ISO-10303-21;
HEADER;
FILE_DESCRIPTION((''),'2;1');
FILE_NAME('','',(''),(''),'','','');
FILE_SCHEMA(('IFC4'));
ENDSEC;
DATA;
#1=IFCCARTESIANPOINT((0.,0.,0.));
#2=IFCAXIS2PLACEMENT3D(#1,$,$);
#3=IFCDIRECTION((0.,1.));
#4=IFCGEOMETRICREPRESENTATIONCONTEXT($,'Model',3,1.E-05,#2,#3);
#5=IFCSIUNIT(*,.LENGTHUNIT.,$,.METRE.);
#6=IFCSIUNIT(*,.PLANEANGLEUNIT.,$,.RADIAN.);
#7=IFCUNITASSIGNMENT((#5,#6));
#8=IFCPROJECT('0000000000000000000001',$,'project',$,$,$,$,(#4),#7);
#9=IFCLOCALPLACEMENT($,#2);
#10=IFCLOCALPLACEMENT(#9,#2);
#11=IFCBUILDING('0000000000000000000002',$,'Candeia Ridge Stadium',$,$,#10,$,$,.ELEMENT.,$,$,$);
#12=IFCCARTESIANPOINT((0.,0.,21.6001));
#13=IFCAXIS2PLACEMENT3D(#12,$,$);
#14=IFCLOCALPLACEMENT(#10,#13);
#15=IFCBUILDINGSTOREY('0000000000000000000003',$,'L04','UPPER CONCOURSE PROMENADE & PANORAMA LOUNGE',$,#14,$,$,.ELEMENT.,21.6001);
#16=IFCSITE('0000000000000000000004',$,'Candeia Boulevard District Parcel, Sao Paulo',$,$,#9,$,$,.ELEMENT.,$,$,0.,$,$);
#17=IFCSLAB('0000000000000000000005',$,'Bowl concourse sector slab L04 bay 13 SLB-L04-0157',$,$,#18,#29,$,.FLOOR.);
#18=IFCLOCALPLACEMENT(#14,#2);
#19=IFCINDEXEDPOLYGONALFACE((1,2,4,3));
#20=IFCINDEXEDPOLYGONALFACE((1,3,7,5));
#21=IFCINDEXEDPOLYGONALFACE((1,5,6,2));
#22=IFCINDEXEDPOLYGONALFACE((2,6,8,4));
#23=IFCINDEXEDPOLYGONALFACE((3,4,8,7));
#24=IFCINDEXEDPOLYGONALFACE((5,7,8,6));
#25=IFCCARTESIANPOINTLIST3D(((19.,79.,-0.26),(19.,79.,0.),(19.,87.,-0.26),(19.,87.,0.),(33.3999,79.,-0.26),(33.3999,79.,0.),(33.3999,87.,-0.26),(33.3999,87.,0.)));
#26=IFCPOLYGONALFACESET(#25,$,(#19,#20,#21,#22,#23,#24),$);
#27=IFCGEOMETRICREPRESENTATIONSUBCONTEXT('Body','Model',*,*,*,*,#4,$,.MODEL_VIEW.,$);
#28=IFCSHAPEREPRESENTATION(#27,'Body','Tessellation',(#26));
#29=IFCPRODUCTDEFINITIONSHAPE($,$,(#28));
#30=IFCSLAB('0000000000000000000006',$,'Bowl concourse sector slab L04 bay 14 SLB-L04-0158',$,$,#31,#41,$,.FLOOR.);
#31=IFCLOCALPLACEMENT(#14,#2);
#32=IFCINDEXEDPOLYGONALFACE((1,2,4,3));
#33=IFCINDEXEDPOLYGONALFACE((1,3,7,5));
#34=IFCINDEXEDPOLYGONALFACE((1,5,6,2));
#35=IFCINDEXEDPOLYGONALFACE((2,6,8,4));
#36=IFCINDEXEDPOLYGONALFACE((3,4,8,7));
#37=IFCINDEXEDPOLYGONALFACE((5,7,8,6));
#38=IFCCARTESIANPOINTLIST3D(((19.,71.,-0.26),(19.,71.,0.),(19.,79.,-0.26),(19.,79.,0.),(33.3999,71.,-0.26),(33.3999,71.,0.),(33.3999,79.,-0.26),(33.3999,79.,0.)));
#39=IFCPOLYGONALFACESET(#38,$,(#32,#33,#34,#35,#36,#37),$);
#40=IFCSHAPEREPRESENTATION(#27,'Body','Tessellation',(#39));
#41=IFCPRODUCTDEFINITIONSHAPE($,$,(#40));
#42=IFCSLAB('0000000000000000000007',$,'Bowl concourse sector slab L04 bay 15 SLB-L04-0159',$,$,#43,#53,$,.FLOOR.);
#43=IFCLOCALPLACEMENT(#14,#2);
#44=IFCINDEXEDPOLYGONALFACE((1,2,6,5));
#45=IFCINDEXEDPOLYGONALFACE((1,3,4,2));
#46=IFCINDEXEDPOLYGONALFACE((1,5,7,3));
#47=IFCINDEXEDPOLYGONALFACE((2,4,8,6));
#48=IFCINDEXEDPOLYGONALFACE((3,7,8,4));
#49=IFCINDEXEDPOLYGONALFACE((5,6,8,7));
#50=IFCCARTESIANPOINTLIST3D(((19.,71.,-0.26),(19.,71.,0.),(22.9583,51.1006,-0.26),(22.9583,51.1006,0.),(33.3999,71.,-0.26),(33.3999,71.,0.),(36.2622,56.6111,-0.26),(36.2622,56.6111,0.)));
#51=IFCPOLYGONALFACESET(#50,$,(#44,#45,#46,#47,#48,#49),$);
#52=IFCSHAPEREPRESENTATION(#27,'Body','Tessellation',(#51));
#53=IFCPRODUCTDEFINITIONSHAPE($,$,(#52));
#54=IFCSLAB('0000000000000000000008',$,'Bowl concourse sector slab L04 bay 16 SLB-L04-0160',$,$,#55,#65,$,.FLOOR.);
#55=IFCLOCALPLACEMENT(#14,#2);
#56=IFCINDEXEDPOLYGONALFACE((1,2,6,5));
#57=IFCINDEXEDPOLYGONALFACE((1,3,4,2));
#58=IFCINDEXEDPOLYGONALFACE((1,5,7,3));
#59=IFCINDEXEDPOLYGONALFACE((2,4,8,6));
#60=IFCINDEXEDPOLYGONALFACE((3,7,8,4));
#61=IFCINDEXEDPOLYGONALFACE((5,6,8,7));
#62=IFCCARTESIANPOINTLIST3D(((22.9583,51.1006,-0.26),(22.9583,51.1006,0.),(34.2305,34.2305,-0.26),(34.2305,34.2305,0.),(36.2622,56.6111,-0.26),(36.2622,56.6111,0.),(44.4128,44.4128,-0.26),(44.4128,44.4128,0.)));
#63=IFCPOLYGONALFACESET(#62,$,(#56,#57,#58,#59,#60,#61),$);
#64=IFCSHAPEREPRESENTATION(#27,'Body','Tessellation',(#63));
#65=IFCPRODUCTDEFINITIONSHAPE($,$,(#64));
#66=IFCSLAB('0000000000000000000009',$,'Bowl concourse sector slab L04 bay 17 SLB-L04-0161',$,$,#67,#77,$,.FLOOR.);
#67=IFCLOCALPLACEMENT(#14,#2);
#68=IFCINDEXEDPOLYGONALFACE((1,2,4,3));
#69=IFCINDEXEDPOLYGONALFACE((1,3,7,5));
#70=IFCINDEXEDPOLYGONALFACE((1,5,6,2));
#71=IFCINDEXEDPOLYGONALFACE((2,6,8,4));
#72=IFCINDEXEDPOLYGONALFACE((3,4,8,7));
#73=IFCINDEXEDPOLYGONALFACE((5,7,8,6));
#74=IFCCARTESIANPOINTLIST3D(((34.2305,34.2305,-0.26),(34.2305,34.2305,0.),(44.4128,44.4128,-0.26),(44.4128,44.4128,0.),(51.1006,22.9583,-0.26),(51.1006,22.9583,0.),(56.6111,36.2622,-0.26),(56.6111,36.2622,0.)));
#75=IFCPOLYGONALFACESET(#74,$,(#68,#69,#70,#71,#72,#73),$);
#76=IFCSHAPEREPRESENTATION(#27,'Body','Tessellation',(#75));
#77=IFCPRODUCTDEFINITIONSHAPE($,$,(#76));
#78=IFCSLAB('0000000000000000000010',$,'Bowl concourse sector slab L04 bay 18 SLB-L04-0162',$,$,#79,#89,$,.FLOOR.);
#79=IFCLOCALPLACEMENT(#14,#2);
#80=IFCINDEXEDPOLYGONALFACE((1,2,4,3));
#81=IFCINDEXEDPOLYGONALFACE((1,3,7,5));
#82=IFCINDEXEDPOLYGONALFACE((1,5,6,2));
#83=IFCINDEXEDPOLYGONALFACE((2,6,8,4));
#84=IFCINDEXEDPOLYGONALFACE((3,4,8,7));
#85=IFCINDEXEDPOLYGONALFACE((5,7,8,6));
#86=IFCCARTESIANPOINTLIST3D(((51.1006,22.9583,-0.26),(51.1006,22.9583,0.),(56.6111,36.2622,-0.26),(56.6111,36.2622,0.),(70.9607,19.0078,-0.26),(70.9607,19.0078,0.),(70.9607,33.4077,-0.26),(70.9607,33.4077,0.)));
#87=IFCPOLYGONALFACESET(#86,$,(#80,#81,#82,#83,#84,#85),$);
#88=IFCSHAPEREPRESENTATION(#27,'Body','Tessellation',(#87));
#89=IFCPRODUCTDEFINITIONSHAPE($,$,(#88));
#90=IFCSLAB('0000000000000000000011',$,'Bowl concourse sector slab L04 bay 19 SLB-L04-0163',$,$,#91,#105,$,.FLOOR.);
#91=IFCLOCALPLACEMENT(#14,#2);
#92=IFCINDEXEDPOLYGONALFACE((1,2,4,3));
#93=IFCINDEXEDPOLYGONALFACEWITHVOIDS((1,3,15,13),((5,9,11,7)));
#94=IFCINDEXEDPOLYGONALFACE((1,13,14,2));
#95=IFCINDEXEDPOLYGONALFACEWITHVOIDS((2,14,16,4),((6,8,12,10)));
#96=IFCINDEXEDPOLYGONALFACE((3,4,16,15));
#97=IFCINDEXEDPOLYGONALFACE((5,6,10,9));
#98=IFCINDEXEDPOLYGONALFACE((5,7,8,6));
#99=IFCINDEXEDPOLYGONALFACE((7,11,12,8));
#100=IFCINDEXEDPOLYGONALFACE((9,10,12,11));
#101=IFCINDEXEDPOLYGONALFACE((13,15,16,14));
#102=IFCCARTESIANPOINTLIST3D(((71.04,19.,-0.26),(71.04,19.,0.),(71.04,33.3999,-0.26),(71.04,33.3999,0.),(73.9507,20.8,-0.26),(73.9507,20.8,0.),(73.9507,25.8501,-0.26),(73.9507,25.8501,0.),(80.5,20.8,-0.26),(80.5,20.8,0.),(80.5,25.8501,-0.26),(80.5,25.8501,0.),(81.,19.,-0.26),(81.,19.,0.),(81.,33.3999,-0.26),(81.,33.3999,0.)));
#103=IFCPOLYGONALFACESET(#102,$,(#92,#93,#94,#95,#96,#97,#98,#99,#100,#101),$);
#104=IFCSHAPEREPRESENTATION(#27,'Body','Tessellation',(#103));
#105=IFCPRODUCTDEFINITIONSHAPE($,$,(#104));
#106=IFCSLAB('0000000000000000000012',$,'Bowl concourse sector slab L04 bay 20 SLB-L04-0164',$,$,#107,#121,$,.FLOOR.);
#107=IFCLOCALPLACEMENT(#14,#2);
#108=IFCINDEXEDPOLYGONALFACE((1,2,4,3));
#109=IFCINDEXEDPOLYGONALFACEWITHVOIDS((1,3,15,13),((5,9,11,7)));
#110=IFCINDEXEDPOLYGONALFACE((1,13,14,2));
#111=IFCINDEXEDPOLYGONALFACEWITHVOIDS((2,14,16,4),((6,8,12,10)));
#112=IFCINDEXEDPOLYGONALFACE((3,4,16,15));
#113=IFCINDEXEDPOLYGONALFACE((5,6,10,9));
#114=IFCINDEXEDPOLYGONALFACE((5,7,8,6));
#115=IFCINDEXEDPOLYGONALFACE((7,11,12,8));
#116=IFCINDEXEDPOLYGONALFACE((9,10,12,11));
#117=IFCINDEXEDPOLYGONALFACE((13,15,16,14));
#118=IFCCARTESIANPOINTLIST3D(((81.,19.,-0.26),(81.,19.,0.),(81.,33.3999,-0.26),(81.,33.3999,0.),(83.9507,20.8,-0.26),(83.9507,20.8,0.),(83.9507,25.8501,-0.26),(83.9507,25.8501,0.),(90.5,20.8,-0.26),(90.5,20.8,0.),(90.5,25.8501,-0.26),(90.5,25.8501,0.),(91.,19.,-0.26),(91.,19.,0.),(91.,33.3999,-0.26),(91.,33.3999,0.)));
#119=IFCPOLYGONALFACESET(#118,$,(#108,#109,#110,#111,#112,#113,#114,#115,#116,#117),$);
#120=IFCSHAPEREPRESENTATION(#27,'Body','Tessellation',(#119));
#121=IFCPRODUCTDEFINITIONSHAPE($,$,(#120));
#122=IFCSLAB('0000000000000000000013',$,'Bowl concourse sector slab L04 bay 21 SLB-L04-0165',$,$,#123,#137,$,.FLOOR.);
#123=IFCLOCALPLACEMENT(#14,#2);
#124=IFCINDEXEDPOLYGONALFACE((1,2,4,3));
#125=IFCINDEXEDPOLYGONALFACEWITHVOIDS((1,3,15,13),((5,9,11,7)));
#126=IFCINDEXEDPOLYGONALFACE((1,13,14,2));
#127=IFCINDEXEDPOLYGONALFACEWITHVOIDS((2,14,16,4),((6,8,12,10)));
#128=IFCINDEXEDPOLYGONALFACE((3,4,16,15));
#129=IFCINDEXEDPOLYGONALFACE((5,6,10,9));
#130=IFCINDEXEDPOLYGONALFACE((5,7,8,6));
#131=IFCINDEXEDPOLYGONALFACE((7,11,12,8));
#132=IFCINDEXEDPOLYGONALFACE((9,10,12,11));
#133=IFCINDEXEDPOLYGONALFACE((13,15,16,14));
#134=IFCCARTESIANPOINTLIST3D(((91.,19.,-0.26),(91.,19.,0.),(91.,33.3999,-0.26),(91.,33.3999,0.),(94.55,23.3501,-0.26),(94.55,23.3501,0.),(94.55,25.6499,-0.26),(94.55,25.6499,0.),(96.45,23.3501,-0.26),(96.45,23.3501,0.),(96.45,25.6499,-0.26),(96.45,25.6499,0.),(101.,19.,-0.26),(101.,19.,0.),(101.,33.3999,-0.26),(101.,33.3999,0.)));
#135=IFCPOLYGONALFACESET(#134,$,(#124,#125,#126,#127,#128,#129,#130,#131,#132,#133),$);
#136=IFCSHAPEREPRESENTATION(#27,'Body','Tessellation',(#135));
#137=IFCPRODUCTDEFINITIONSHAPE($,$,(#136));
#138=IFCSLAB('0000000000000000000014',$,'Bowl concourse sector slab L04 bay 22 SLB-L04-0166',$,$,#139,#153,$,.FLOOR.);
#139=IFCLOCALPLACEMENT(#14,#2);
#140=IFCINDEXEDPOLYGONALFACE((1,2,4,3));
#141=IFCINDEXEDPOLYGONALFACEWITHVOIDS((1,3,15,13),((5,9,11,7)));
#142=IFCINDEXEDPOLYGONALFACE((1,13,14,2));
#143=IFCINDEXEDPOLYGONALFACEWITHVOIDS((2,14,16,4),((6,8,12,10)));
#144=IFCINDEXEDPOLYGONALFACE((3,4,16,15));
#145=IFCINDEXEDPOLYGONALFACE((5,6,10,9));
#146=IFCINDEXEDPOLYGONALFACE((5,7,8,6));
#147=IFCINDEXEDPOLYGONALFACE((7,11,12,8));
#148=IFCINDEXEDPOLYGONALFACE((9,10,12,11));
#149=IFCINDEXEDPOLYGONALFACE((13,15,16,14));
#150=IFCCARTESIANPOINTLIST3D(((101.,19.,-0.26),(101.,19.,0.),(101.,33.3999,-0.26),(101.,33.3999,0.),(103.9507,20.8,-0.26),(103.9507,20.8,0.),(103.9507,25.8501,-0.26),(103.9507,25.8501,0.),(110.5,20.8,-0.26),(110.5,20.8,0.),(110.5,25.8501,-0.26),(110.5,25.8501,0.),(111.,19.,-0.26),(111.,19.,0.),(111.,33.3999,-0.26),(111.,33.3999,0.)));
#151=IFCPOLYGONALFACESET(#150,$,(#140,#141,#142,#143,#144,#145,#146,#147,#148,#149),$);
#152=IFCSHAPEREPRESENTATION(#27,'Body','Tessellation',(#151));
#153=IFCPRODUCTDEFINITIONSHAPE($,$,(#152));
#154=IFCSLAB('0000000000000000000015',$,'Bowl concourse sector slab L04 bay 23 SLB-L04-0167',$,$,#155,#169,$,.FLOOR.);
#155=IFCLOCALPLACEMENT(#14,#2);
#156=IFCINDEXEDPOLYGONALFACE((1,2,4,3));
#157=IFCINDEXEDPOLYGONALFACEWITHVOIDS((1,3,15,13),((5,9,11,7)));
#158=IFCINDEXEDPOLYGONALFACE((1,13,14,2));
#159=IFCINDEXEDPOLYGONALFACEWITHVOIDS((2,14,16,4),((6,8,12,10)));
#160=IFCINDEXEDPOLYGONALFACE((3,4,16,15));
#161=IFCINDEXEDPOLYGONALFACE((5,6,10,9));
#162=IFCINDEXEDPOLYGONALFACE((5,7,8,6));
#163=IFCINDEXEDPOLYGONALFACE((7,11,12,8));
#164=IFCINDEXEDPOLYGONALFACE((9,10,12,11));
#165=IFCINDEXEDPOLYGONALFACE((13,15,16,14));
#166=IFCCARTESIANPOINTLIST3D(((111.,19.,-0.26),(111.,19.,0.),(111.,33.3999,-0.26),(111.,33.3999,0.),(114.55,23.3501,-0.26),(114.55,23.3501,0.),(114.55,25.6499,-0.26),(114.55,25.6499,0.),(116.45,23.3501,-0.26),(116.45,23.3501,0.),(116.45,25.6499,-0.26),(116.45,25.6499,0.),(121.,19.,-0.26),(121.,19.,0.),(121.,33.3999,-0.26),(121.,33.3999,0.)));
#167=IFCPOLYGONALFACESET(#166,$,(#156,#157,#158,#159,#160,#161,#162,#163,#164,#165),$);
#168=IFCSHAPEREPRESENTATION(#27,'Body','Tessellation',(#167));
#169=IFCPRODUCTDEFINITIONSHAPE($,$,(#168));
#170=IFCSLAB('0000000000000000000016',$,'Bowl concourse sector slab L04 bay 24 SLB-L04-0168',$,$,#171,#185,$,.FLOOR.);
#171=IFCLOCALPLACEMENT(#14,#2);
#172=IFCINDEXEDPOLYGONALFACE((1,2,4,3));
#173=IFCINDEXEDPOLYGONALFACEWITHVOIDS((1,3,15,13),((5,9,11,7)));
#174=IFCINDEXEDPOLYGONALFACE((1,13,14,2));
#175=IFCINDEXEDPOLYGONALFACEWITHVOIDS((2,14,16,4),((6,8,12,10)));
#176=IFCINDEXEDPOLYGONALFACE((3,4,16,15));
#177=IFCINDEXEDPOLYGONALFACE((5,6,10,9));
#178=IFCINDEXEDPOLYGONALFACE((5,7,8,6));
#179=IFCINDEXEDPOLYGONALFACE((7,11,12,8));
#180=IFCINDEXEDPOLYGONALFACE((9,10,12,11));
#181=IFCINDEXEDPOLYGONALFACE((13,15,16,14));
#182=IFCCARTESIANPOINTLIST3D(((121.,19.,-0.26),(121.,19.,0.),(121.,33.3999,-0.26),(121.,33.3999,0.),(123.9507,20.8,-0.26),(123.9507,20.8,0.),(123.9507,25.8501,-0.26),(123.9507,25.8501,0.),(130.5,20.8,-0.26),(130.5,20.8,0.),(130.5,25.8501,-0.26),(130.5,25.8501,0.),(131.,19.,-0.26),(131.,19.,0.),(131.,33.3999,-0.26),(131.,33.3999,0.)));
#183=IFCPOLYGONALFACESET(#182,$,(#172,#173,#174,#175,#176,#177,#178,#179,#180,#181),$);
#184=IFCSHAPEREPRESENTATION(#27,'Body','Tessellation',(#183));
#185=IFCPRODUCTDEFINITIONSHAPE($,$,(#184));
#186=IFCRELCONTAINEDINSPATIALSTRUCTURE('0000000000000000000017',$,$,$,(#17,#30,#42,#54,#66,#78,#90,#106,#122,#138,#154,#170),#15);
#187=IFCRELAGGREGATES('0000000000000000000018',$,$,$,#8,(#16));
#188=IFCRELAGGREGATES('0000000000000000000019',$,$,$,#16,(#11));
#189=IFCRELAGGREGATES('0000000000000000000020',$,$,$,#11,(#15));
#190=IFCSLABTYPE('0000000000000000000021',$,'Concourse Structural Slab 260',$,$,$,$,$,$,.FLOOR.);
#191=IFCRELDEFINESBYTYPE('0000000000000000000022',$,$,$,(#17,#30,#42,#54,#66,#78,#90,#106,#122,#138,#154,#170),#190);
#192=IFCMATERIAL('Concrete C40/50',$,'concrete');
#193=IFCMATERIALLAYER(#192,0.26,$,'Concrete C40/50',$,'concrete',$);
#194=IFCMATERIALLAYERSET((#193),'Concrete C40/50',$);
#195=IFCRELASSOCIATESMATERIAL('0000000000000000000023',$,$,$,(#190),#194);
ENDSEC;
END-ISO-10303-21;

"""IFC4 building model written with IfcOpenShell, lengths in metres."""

from ifc_helpers import new_model, si_unit, direction, frame, origin, place, context, subcontext, project, spatial, polyline, outline, extrude, material, layer, layer_set, type_object, element, save


model = new_model("IFC4")

# Units and contexts
model_context = context("Model", 3, precision=1e-05, world=origin(), true_north=direction((0.0, 1.0)))
body_context = subcontext(model_context, "Body", "Model", "MODEL_VIEW")
ifc_project = project(units=[si_unit("LENGTHUNIT", "METRE"), si_unit("PLANEANGLEUNIT", "RADIAN")], contexts=[model_context])

# Site, building, storey
site_placement = place(None, origin())
site = spatial("IfcSite", under=ifc_project, at=site_placement, Name="Candeia Boulevard District Parcel, Sao Paulo", CompositionType="ELEMENT", RefElevation=0.0)
building_placement = place(site_placement, origin())
building = spatial("IfcBuilding", under=site, at=building_placement, Name="Candeia Ridge Stadium", CompositionType="ELEMENT")
storey_placement = place(building_placement, frame((0.0, 0.0, 21.6001)))
storey = spatial("IfcBuildingStorey", under=building, at=storey_placement, Name="L04", Description="UPPER CONCOURSE PROMENADE & PANORAMA LOUNGE", CompositionType="ELEMENT", Elevation=21.6001)

# Slabs
ifc_material = material(Name="Concrete C40/50", Category="concrete")
ifc_layer = layer(ifc_material, 0.26, Name="Concrete C40/50", Category="concrete")
ifc_layer_set = layer_set([ifc_layer], Name="Concrete C40/50")
slab_type = type_object("IfcSlabType", Name="Concourse Structural Slab 260", PredefinedType="FLOOR", material=ifc_layer_set)
slab_1_placement = place(storey_placement, frame((0.0, 0.0, -0.26)))
element("IfcSlab", 1, at=slab_1_placement, inside=storey, type_object=slab_type, Name="Bowl concourse sector slab L04 bay 13 SLB-L04-0157", PredefinedType="FLOOR", context=body_context, shape_type="SweptSolid", body=[
    extrude(outline(polyline([(33.3999, 79.0), (19.0, 79.0), (19.0, 87.0), (33.3999, 87.0), (33.3999, 79.0)])), origin(), (0.0, 0.0, 1.0), 0.26),
])
slab_2_placement = place(storey_placement, frame((0.0, 0.0, -0.26)))
element("IfcSlab", 2, at=slab_2_placement, inside=storey, type_object=slab_type, Name="Bowl concourse sector slab L04 bay 14 SLB-L04-0158", PredefinedType="FLOOR", context=body_context, shape_type="SweptSolid", body=[
    extrude(outline(polyline([(33.3999, 71.0), (19.0, 71.0), (19.0, 79.0), (33.3999, 79.0), (33.3999, 71.0)])), origin(), (0.0, 0.0, 1.0), 0.26),
])
slab_3_placement = place(storey_placement, frame((0.0, 0.0, -0.26)))
element("IfcSlab", 3, at=slab_3_placement, inside=storey, type_object=slab_type, Name="Bowl concourse sector slab L04 bay 15 SLB-L04-0159", PredefinedType="FLOOR", context=body_context, shape_type="SweptSolid", body=[
    extrude(outline(polyline([(36.2622, 56.6111), (22.9583, 51.1006), (19.0, 71.0), (33.3999, 71.0), (36.2622, 56.6111)])), origin(), (0.0, 0.0, 1.0), 0.26),
])
slab_4_placement = place(storey_placement, frame((0.0, 0.0, -0.26)))
element("IfcSlab", 4, at=slab_4_placement, inside=storey, type_object=slab_type, Name="Bowl concourse sector slab L04 bay 16 SLB-L04-0160", PredefinedType="FLOOR", context=body_context, shape_type="SweptSolid", body=[
    extrude(outline(polyline([(44.4128, 44.4128), (34.2305, 34.2305), (22.9583, 51.1006), (36.2622, 56.6111), (44.4128, 44.4128)])), origin(), (0.0, 0.0, 1.0), 0.26),
])
slab_5_placement = place(storey_placement, frame((0.0, 0.0, -0.26)))
element("IfcSlab", 5, at=slab_5_placement, inside=storey, type_object=slab_type, Name="Bowl concourse sector slab L04 bay 17 SLB-L04-0161", PredefinedType="FLOOR", context=body_context, shape_type="SweptSolid", body=[
    extrude(outline(polyline([(56.6111, 36.2622), (51.1006, 22.9583), (34.2305, 34.2305), (44.4128, 44.4128), (56.6111, 36.2622)])), origin(), (0.0, 0.0, 1.0), 0.26),
])
slab_6_placement = place(storey_placement, frame((0.0, 0.0, -0.26)))
element("IfcSlab", 6, at=slab_6_placement, inside=storey, type_object=slab_type, Name="Bowl concourse sector slab L04 bay 18 SLB-L04-0162", PredefinedType="FLOOR", context=body_context, shape_type="SweptSolid", body=[
    extrude(outline(polyline([(70.9607, 33.4077), (70.9607, 19.0078), (51.1006, 22.9583), (56.6111, 36.2622), (70.9607, 33.4077)])), origin(), (0.0, 0.0, 1.0), 0.26),
])
slab_7_placement = place(storey_placement, frame((0.0, 0.0, -0.26)))
element("IfcSlab", 7, at=slab_7_placement, inside=storey, type_object=slab_type, Name="Bowl concourse sector slab L04 bay 19 SLB-L04-0163", PredefinedType="FLOOR", context=body_context, shape_type="SweptSolid", body=[
    extrude(outline(polyline([(81.0, 33.3999), (81.0, 19.0), (71.04, 19.0), (71.04, 33.3999), (81.0, 33.3999)]), holes=[polyline([(73.9507, 20.8), (80.5, 20.8), (80.5, 25.8501), (73.9507, 25.8501), (73.9507, 20.8)])]), origin(), (0.0, 0.0, 1.0), 0.26),
])
slab_8_placement = place(storey_placement, frame((0.0, 0.0, -0.26)))
element("IfcSlab", 8, at=slab_8_placement, inside=storey, type_object=slab_type, Name="Bowl concourse sector slab L04 bay 20 SLB-L04-0164", PredefinedType="FLOOR", context=body_context, shape_type="SweptSolid", body=[
    extrude(outline(polyline([(91.0, 33.3999), (91.0, 19.0), (81.0, 19.0), (81.0, 33.3999), (91.0, 33.3999)]), holes=[polyline([(83.9507, 20.8), (90.5, 20.8), (90.5, 25.8501), (83.9507, 25.8501), (83.9507, 20.8)])]), origin(), (0.0, 0.0, 1.0), 0.26),
])
slab_9_placement = place(storey_placement, frame((0.0, 0.0, -0.26)))
element("IfcSlab", 9, at=slab_9_placement, inside=storey, type_object=slab_type, Name="Bowl concourse sector slab L04 bay 21 SLB-L04-0165", PredefinedType="FLOOR", context=body_context, shape_type="SweptSolid", body=[
    extrude(outline(polyline([(101.0, 33.3999), (101.0, 19.0), (91.0, 19.0), (91.0, 33.3999), (101.0, 33.3999)]), holes=[polyline([(96.45, 23.3501), (96.45, 25.6499), (94.55, 25.6499), (94.55, 23.3501), (96.45, 23.3501)])]), origin(), (0.0, 0.0, 1.0), 0.26),
])
slab_10_placement = place(storey_placement, frame((0.0, 0.0, -0.26)))
element("IfcSlab", 10, at=slab_10_placement, inside=storey, type_object=slab_type, Name="Bowl concourse sector slab L04 bay 22 SLB-L04-0166", PredefinedType="FLOOR", context=body_context, shape_type="SweptSolid", body=[
    extrude(outline(polyline([(111.0, 33.3999), (111.0, 19.0), (101.0, 19.0), (101.0, 33.3999), (111.0, 33.3999)]), holes=[polyline([(103.9507, 20.8), (110.5, 20.8), (110.5, 25.8501), (103.9507, 25.8501), (103.9507, 20.8)])]), origin(), (0.0, 0.0, 1.0), 0.26),
])
slab_11_placement = place(storey_placement, frame((0.0, 0.0, -0.26)))
element("IfcSlab", 11, at=slab_11_placement, inside=storey, type_object=slab_type, Name="Bowl concourse sector slab L04 bay 23 SLB-L04-0167", PredefinedType="FLOOR", context=body_context, shape_type="SweptSolid", body=[
    extrude(outline(polyline([(121.0, 33.3999), (121.0, 19.0), (111.0, 19.0), (111.0, 33.3999), (121.0, 33.3999)]), holes=[polyline([(116.45, 23.3501), (116.45, 25.6499), (114.55, 25.6499), (114.55, 23.3501), (116.45, 23.3501)])]), origin(), (0.0, 0.0, 1.0), 0.26),
])
slab_12_placement = place(storey_placement, frame((0.0, 0.0, -0.26)))
element("IfcSlab", 12, at=slab_12_placement, inside=storey, type_object=slab_type, Name="Bowl concourse sector slab L04 bay 24 SLB-L04-0168", PredefinedType="FLOOR", context=body_context, shape_type="SweptSolid", body=[
    extrude(outline(polyline([(131.0, 33.3999), (131.0, 19.0), (121.0, 19.0), (121.0, 33.3999), (131.0, 33.3999)]), holes=[polyline([(123.9507, 20.8), (130.5, 20.8), (130.5, 25.8501), (123.9507, 25.8501), (123.9507, 20.8)])]), origin(), (0.0, 0.0, 1.0), 0.26),
])

save(model, "model.ifc")
